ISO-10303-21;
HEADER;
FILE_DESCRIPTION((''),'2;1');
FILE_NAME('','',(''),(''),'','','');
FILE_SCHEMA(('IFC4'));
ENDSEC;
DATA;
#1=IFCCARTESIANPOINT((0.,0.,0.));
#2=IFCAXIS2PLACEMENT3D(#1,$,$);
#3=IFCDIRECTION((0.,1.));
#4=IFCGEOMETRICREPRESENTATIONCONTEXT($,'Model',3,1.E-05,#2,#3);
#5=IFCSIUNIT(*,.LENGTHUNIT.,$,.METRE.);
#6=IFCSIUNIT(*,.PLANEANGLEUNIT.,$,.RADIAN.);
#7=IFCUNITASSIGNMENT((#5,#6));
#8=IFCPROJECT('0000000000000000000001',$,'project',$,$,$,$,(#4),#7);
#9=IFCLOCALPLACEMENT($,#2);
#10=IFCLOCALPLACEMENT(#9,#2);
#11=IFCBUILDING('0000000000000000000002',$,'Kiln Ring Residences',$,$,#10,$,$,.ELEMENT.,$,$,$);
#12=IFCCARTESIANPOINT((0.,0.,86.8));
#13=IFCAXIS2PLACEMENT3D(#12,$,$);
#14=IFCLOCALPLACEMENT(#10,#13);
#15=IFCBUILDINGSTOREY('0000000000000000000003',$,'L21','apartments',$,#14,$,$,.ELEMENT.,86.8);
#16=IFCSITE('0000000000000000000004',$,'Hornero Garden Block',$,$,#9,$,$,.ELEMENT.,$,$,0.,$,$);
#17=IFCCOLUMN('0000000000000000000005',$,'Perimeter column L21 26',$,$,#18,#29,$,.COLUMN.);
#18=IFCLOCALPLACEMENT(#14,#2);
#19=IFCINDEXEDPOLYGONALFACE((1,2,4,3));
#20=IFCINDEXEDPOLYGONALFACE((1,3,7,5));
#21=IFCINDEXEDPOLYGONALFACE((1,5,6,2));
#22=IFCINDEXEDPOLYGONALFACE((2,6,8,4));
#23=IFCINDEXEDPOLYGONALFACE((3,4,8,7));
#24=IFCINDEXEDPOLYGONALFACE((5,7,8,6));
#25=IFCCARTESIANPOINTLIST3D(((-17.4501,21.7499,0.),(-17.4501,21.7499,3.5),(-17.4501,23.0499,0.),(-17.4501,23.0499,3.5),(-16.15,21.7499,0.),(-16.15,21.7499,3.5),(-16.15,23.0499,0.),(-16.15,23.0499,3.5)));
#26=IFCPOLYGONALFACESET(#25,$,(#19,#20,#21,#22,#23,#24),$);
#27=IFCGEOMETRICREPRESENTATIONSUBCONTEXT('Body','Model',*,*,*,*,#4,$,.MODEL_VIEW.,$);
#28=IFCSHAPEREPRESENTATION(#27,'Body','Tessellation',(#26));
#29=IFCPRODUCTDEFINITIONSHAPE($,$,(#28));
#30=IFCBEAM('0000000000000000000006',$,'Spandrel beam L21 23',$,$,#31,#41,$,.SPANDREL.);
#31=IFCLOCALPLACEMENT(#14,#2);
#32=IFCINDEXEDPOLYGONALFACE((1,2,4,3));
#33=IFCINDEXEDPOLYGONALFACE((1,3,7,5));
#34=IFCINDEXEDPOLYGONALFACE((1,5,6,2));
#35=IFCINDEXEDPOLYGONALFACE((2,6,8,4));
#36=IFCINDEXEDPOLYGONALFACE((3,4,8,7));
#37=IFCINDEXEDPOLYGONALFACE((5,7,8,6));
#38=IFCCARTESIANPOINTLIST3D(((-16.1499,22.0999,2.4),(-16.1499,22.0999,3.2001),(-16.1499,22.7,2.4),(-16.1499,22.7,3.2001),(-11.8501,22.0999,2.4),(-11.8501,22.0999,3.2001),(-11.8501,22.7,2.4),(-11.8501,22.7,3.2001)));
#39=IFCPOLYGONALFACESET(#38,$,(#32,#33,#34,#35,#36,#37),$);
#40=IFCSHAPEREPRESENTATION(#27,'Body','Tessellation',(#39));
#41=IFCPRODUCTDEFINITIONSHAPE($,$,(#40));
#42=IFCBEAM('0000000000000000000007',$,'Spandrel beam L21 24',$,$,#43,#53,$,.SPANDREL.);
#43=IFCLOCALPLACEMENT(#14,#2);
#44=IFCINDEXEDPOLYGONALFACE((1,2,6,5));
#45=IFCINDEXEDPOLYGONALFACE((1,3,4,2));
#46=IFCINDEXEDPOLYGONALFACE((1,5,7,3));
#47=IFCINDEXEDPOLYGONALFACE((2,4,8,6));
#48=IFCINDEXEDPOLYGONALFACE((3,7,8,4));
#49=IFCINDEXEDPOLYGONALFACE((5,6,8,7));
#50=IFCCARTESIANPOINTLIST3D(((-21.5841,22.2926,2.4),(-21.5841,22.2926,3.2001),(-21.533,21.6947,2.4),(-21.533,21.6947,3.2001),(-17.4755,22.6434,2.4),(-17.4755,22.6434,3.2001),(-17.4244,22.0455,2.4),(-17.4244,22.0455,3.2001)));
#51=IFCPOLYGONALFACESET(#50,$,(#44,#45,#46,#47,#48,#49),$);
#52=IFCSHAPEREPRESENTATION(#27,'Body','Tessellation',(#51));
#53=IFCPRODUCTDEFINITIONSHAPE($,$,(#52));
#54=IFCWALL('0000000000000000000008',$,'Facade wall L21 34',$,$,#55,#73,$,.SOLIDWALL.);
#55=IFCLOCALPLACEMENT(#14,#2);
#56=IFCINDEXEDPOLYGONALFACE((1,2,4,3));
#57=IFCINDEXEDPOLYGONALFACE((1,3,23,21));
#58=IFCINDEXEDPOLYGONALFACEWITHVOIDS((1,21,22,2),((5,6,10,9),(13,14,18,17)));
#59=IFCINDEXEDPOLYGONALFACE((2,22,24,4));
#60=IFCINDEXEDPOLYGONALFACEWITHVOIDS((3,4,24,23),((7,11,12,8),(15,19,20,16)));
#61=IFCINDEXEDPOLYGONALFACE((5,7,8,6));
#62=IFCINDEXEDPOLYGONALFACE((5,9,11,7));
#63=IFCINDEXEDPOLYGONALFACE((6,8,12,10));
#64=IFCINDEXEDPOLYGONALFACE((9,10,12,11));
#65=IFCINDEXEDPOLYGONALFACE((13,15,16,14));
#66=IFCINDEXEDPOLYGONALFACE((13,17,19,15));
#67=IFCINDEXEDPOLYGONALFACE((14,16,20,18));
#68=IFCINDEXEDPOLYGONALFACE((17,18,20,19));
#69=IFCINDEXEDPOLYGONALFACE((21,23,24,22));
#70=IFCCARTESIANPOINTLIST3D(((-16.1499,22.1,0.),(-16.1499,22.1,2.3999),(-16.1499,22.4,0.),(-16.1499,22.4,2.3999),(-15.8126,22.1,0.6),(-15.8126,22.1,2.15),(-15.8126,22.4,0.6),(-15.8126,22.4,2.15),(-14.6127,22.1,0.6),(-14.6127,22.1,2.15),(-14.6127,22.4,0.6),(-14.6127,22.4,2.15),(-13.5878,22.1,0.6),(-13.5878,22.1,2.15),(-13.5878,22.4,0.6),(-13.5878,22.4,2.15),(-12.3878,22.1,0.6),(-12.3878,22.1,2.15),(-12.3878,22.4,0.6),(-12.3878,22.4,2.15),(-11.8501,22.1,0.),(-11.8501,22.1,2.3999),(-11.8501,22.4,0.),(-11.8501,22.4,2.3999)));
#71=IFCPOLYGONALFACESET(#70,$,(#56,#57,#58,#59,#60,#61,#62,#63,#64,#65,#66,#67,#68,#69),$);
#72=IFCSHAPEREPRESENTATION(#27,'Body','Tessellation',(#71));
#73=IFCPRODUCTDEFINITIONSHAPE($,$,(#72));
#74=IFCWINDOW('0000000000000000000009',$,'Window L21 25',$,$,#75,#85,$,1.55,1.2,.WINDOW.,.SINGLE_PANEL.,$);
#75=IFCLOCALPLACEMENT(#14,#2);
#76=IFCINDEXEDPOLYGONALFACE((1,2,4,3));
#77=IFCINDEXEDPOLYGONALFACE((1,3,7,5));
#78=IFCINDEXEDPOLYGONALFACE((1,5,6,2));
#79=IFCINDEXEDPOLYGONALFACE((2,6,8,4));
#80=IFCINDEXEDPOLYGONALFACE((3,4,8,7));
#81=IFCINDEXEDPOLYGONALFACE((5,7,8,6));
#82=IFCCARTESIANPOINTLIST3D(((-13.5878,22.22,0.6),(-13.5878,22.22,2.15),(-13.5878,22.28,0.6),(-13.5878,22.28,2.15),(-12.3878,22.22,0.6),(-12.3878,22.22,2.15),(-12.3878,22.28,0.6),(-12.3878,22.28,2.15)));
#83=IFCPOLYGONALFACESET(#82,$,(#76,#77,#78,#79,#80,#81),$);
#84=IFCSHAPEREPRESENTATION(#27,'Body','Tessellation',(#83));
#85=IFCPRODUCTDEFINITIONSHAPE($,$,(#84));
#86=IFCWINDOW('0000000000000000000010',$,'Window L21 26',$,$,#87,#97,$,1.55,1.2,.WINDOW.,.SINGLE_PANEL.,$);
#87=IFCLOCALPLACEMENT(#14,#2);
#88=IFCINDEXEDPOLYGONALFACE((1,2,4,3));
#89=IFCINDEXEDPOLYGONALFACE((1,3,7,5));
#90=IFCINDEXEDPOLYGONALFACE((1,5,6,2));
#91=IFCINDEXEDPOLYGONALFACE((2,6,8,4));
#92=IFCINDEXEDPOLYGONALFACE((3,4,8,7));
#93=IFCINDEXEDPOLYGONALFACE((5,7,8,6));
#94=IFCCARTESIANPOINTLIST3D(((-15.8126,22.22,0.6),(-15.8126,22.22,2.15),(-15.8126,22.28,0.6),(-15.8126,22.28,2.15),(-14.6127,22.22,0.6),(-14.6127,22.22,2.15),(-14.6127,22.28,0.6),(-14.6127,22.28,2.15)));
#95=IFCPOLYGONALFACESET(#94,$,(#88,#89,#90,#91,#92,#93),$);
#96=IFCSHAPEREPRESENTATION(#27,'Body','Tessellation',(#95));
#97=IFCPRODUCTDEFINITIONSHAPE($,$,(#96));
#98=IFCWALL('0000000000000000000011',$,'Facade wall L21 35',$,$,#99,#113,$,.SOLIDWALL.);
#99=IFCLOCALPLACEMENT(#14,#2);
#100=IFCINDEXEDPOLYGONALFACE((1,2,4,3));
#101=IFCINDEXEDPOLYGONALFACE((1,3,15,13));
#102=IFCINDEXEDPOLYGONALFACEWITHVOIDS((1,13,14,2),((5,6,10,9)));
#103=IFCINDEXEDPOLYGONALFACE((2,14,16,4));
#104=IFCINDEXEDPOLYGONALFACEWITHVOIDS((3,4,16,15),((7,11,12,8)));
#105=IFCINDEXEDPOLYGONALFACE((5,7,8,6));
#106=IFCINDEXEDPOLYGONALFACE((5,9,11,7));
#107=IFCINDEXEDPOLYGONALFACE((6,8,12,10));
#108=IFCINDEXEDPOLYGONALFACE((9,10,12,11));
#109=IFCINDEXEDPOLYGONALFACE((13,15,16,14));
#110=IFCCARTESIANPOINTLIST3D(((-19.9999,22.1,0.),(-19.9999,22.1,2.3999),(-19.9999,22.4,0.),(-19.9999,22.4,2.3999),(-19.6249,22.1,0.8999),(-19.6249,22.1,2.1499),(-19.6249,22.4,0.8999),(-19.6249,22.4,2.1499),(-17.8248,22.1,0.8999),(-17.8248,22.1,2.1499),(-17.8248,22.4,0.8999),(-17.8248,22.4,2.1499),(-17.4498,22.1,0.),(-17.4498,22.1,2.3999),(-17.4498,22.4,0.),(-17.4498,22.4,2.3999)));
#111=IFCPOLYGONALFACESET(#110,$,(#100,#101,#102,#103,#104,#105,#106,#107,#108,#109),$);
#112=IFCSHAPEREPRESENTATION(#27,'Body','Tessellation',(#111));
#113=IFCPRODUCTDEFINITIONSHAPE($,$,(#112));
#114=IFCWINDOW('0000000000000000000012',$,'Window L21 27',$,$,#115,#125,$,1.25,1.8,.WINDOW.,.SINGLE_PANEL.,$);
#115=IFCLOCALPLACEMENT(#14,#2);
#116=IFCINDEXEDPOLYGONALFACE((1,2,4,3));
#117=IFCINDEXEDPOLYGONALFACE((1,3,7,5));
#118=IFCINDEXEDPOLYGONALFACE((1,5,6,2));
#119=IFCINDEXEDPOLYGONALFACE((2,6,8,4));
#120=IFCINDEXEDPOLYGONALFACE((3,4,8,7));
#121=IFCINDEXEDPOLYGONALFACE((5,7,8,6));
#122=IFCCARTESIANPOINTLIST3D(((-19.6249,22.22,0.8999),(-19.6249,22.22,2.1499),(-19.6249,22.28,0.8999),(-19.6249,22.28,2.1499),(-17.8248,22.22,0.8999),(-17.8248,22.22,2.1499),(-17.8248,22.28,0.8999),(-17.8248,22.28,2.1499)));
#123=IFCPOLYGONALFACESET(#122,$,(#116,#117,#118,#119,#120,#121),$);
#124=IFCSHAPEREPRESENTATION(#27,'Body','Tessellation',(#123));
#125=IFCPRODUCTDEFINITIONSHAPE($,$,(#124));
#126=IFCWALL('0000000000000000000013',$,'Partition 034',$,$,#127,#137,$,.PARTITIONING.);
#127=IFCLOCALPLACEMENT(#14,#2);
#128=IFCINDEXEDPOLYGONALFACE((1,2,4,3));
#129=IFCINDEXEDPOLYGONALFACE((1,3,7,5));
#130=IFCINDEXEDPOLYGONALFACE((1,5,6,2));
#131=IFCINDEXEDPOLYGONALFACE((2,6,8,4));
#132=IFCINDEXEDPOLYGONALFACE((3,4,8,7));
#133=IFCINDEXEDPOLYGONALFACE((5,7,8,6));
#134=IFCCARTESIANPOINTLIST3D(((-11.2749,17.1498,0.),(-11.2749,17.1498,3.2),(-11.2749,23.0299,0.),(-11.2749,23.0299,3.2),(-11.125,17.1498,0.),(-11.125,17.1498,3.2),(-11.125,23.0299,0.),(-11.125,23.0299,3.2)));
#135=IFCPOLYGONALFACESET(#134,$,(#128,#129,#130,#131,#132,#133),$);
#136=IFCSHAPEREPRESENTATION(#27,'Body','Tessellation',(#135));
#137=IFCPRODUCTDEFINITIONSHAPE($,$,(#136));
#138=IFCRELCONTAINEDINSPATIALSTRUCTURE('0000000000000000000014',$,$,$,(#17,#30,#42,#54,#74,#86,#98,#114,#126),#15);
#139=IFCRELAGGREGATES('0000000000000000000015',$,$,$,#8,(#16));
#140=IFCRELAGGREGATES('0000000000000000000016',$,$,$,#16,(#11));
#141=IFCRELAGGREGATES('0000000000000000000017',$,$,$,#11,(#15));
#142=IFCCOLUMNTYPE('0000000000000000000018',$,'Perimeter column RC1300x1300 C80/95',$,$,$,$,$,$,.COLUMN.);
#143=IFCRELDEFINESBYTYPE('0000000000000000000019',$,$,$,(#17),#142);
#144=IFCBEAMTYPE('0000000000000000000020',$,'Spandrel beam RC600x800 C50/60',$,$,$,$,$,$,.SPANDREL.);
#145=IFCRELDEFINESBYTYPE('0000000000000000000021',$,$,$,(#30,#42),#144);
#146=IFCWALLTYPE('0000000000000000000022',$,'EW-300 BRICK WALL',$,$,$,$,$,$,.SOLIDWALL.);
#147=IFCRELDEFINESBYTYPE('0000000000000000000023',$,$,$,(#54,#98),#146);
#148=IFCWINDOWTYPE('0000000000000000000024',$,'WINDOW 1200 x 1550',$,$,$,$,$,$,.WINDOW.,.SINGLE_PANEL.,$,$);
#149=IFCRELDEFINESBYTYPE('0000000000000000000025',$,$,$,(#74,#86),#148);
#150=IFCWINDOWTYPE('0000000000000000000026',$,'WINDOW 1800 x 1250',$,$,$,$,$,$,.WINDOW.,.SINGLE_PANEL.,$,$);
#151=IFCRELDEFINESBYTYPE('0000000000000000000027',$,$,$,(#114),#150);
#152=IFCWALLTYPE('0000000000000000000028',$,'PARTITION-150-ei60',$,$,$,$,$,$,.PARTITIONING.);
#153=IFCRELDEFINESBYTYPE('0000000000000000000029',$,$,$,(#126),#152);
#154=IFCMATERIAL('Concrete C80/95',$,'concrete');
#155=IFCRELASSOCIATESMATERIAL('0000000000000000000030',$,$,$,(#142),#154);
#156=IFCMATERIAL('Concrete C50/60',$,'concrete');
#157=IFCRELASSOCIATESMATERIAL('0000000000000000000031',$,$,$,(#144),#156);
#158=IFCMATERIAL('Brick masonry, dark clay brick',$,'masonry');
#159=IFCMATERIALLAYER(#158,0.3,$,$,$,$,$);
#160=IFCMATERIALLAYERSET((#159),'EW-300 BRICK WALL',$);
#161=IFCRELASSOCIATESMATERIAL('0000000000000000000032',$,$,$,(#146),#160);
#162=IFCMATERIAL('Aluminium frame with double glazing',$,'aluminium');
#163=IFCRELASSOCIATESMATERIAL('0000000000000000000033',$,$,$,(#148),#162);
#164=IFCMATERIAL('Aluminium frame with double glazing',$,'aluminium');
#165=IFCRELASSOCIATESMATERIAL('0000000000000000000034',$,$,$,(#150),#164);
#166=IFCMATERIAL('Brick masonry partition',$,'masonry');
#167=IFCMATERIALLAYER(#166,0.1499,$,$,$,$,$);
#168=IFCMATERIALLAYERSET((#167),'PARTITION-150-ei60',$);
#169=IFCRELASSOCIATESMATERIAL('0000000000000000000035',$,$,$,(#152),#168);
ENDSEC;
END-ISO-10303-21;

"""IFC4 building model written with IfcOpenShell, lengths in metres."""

from ifc_helpers import new_model, si_unit, direction, frame, frame_2d, origin, origin_2d, place, context, subcontext, project, spatial, rectangle, extrude, material, layer, layer_set, material_profile, profile_set, type_object, element, fill, save


model = new_model("IFC4")

# Units and contexts
model_context = context("Model", 3, precision=1e-05, world=origin(), true_north=direction((0.0, 1.0)))
body_context = subcontext(model_context, "Body", "Model", "MODEL_VIEW")
ifc_project = project(units=[si_unit("LENGTHUNIT", "METRE"), si_unit("PLANEANGLEUNIT", "RADIAN")], contexts=[model_context])

# Site, building, storey
site_placement = place(None, origin())
site = spatial("IfcSite", under=ifc_project, at=site_placement, Name="Hornero Garden Block", CompositionType="ELEMENT", RefElevation=0.0)
building_placement = place(site_placement, origin())
building = spatial("IfcBuilding", under=site, at=building_placement, Name="Kiln Ring Residences", CompositionType="ELEMENT")
storey_placement = place(building_placement, frame((0.0, 0.0, 86.8)))
storey = spatial("IfcBuildingStorey", under=building, at=storey_placement, Name="L21", Description="apartments", CompositionType="ELEMENT", Elevation=86.8)

# Column
ifc_material_1 = material(Name="Concrete C80/95", Category="concrete")
ifc_material_profile_1 = material_profile(ifc_material_1, rectangle(XDim=1.3, YDim=1.3, at=origin_2d()), Name="RC1300x1300")
ifc_profile_set_1 = profile_set([ifc_material_profile_1], Name="Concrete C80/95")
column_type = type_object("IfcColumnType", Name="Perimeter column RC1300x1300 C80/95", PredefinedType="COLUMN", material=ifc_profile_set_1)
column_placement = place(storey_placement, frame((-16.8, 22.3999, 0.0), z_axis=(0.0, 0.0, 1.0), x_axis=(1.0, 0.0, 0.0)))
element("IfcColumn", 1, at=column_placement, inside=storey, type_object=column_type, Name="Perimeter column L21 26", PredefinedType="COLUMN", context=body_context, shape_type="SweptSolid", body=[
    extrude(rectangle(XDim=1.3, YDim=1.3, at=origin_2d()), origin(), (0.0, 0.0, 1.0), 3.5),
])

# Beams
ifc_material_2 = material(Name="Concrete C50/60", Category="concrete")
ifc_material_profile_2 = material_profile(ifc_material_2, rectangle(XDim=0.6001, YDim=0.8, at=origin_2d()), Name="RC600x800")
ifc_profile_set_2 = profile_set([ifc_material_profile_2], Name="Concrete C50/60")
beam_type = type_object("IfcBeamType", Name="Spandrel beam RC600x800 C50/60", PredefinedType="SPANDREL", material=ifc_profile_set_2)
beam_1_placement = place(storey_placement, frame((-11.8501, 22.3999, 2.8), z_axis=(-1.0, 0.0, 0.0), x_axis=(0.0, -1.0, 0.0)))
element("IfcBeam", 2, at=beam_1_placement, inside=storey, type_object=beam_type, Name="Spandrel beam L21 23", PredefinedType="SPANDREL", context=body_context, shape_type="SweptSolid", body=[
    extrude(rectangle(XDim=0.6001, YDim=0.8, at=origin_2d()), origin(), (0.0, 0.0, 1.0), 4.2998),
])
beam_2_placement = place(storey_placement, frame((-17.45, 22.3445, 2.8), z_axis=(-0.996374, -0.085079, 0.0), x_axis=(0.085079, -0.996374, 0.0)))
element("IfcBeam", 3, at=beam_2_placement, inside=storey, type_object=beam_type, Name="Spandrel beam L21 24", PredefinedType="SPANDREL", context=body_context, shape_type="SweptSolid", body=[
    extrude(rectangle(XDim=0.6001, YDim=0.8, at=origin_2d()), origin(), (0.0, 0.0, 1.0), 4.1235),
])

# Wall, openings, windows
ifc_material_3 = material(Name="Brick masonry, dark clay brick", Category="masonry")
ifc_layer_1 = layer(ifc_material_3, 0.3)
ifc_layer_set_1 = layer_set([ifc_layer_1], Name="EW-300 BRICK WALL")
wall_type_1 = type_object("IfcWallType", Name="EW-300 BRICK WALL", PredefinedType="SOLIDWALL", material=ifc_layer_set_1)
wall_1_placement = place(storey_placement, frame((-11.8501, 22.25, 0.0), z_axis=(0.0, 0.0, 1.0), x_axis=(-1.0, 0.0, 0.0)))
wall_1 = element("IfcWall", 4, at=wall_1_placement, inside=storey, type_object=wall_type_1, Name="Facade wall L21 34", PredefinedType="SOLIDWALL", context=body_context, shape_type="SweptSolid", body=[
    extrude(rectangle(XDim=4.2998, YDim=0.3, at=frame_2d((2.1499, 0.0))), origin(), (0.0, 0.0, 1.0), 2.3999),
])
opening_1_placement = place(wall_1_placement, frame((0.5376, 0.0, 0.6001)))
opening_1 = element("IfcOpeningElement", 5, at=opening_1_placement, cuts=wall_1, PredefinedType="OPENING", context=body_context, shape_type="SweptSolid", body=[
    extrude(rectangle(XDim=1.2, YDim=1.55, at=frame_2d((0.6001, 0.7749))), frame((0.0, 0.1599, 0.0), z_axis=(0.0, -1.0, 0.0), x_axis=(1.0, 0.0, 0.0)), (0.0, 0.0, 1.0), 0.3201),
])
opening_2_placement = place(wall_1_placement, frame((2.7625, 0.0, 0.6001)))
opening_2 = element("IfcOpeningElement", 6, at=opening_2_placement, cuts=wall_1, PredefinedType="OPENING", context=body_context, shape_type="SweptSolid", body=[
    extrude(rectangle(XDim=1.2, YDim=1.55, at=frame_2d((0.6001, 0.7749))), frame((0.0, 0.1599, 0.0), z_axis=(0.0, -1.0, 0.0), x_axis=(1.0, 0.0, 0.0)), (0.0, 0.0, 1.0), 0.3201),
])
ifc_material_4 = material(Name="Aluminium frame with double glazing", Category="aluminium")
window_type_1 = type_object("IfcWindowType", Name="WINDOW 1200 x 1550", PartitioningType="SINGLE_PANEL", PredefinedType="WINDOW", material=ifc_material_4)
window_1_placement = place(opening_1_placement, origin())
window_1 = element("IfcWindow", 7, at=window_1_placement, inside=storey, type_object=window_type_1, Name="Window L21 25", OverallHeight=1.55, OverallWidth=1.2, PartitioningType="SINGLE_PANEL", PredefinedType="WINDOW", context=body_context, shape_type="SweptSolid", body=[
    extrude(rectangle(XDim=1.2, YDim=1.55, at=frame_2d((0.6001, 0.7749))), frame((0.0, 0.03, 0.0), z_axis=(0.0, -1.0, 0.0), x_axis=(1.0, 0.0, 0.0)), (0.0, 0.0, 1.0), 0.0601),
])
fill(opening_1, window_1)
window_2_placement = place(opening_2_placement, origin())
window_2 = element("IfcWindow", 8, at=window_2_placement, inside=storey, type_object=window_type_1, Name="Window L21 26", OverallHeight=1.55, OverallWidth=1.2, PartitioningType="SINGLE_PANEL", PredefinedType="WINDOW", context=body_context, shape_type="SweptSolid", body=[
    extrude(rectangle(XDim=1.2, YDim=1.55, at=frame_2d((0.6001, 0.7749))), frame((0.0, 0.03, 0.0), z_axis=(0.0, -1.0, 0.0), x_axis=(1.0, 0.0, 0.0)), (0.0, 0.0, 1.0), 0.0601),
])
fill(opening_2, window_2)

# Wall, opening, window
wall_2_placement = place(storey_placement, frame((-17.45, 22.25, 0.0), z_axis=(0.0, 0.0, 1.0), x_axis=(-1.0, 0.0, 0.0)))
wall_2 = element("IfcWall", 9, at=wall_2_placement, inside=storey, type_object=wall_type_1, Name="Facade wall L21 35", PredefinedType="SOLIDWALL", context=body_context, shape_type="SweptSolid", body=[
    extrude(rectangle(XDim=2.55, YDim=0.3, at=frame_2d((1.2749, 0.0))), origin(), (0.0, 0.0, 1.0), 2.3999),
])
opening_3_placement = place(wall_2_placement, frame((0.375, 0.0, 0.8999)))
opening_3 = element("IfcOpeningElement", 10, at=opening_3_placement, cuts=wall_2, PredefinedType="OPENING", context=body_context, shape_type="SweptSolid", body=[
    extrude(rectangle(XDim=1.8, YDim=1.25, at=frame_2d((0.8999, 0.625))), frame((0.0, 0.1599, 0.0), z_axis=(0.0, -1.0, 0.0), x_axis=(1.0, 0.0, 0.0)), (0.0, 0.0, 1.0), 0.3201),
])
ifc_material_5 = material(Name="Aluminium frame with double glazing", Category="aluminium")
window_type_2 = type_object("IfcWindowType", Name="WINDOW 1800 x 1250", PartitioningType="SINGLE_PANEL", PredefinedType="WINDOW", material=ifc_material_5)
window_3_placement = place(opening_3_placement, origin())
window_3 = element("IfcWindow", 11, at=window_3_placement, inside=storey, type_object=window_type_2, Name="Window L21 27", OverallHeight=1.25, OverallWidth=1.8, PartitioningType="SINGLE_PANEL", PredefinedType="WINDOW", context=body_context, shape_type="SweptSolid", body=[
    extrude(rectangle(XDim=1.8, YDim=1.25, at=frame_2d((0.8999, 0.625))), frame((0.0, 0.03, 0.0), z_axis=(0.0, -1.0, 0.0), x_axis=(1.0, 0.0, 0.0)), (0.0, 0.0, 1.0), 0.0601),
])
fill(opening_3, window_3)

# Wall
ifc_material_6 = material(Name="Brick masonry partition", Category="masonry")
ifc_layer_2 = layer(ifc_material_6, 0.1499)
ifc_layer_set_2 = layer_set([ifc_layer_2], Name="PARTITION-150-ei60")
wall_type_2 = type_object("IfcWallType", Name="PARTITION-150-ei60", PredefinedType="PARTITIONING", material=ifc_layer_set_2)
wall_3_placement = place(storey_placement, frame((-11.2, 17.1499, 0.0), z_axis=(0.0, 0.0, 1.0), x_axis=(0.0, 1.0, 0.0)))
element("IfcWall", 12, at=wall_3_placement, inside=storey, type_object=wall_type_2, Name="Partition 034", PredefinedType="PARTITIONING", context=body_context, shape_type="SweptSolid", body=[
    extrude(rectangle(XDim=5.8801, YDim=0.1499, at=frame_2d((2.9399, 0.0))), origin(), (0.0, 0.0, 1.0), 3.2),
])

save(model, "model.ifc")
